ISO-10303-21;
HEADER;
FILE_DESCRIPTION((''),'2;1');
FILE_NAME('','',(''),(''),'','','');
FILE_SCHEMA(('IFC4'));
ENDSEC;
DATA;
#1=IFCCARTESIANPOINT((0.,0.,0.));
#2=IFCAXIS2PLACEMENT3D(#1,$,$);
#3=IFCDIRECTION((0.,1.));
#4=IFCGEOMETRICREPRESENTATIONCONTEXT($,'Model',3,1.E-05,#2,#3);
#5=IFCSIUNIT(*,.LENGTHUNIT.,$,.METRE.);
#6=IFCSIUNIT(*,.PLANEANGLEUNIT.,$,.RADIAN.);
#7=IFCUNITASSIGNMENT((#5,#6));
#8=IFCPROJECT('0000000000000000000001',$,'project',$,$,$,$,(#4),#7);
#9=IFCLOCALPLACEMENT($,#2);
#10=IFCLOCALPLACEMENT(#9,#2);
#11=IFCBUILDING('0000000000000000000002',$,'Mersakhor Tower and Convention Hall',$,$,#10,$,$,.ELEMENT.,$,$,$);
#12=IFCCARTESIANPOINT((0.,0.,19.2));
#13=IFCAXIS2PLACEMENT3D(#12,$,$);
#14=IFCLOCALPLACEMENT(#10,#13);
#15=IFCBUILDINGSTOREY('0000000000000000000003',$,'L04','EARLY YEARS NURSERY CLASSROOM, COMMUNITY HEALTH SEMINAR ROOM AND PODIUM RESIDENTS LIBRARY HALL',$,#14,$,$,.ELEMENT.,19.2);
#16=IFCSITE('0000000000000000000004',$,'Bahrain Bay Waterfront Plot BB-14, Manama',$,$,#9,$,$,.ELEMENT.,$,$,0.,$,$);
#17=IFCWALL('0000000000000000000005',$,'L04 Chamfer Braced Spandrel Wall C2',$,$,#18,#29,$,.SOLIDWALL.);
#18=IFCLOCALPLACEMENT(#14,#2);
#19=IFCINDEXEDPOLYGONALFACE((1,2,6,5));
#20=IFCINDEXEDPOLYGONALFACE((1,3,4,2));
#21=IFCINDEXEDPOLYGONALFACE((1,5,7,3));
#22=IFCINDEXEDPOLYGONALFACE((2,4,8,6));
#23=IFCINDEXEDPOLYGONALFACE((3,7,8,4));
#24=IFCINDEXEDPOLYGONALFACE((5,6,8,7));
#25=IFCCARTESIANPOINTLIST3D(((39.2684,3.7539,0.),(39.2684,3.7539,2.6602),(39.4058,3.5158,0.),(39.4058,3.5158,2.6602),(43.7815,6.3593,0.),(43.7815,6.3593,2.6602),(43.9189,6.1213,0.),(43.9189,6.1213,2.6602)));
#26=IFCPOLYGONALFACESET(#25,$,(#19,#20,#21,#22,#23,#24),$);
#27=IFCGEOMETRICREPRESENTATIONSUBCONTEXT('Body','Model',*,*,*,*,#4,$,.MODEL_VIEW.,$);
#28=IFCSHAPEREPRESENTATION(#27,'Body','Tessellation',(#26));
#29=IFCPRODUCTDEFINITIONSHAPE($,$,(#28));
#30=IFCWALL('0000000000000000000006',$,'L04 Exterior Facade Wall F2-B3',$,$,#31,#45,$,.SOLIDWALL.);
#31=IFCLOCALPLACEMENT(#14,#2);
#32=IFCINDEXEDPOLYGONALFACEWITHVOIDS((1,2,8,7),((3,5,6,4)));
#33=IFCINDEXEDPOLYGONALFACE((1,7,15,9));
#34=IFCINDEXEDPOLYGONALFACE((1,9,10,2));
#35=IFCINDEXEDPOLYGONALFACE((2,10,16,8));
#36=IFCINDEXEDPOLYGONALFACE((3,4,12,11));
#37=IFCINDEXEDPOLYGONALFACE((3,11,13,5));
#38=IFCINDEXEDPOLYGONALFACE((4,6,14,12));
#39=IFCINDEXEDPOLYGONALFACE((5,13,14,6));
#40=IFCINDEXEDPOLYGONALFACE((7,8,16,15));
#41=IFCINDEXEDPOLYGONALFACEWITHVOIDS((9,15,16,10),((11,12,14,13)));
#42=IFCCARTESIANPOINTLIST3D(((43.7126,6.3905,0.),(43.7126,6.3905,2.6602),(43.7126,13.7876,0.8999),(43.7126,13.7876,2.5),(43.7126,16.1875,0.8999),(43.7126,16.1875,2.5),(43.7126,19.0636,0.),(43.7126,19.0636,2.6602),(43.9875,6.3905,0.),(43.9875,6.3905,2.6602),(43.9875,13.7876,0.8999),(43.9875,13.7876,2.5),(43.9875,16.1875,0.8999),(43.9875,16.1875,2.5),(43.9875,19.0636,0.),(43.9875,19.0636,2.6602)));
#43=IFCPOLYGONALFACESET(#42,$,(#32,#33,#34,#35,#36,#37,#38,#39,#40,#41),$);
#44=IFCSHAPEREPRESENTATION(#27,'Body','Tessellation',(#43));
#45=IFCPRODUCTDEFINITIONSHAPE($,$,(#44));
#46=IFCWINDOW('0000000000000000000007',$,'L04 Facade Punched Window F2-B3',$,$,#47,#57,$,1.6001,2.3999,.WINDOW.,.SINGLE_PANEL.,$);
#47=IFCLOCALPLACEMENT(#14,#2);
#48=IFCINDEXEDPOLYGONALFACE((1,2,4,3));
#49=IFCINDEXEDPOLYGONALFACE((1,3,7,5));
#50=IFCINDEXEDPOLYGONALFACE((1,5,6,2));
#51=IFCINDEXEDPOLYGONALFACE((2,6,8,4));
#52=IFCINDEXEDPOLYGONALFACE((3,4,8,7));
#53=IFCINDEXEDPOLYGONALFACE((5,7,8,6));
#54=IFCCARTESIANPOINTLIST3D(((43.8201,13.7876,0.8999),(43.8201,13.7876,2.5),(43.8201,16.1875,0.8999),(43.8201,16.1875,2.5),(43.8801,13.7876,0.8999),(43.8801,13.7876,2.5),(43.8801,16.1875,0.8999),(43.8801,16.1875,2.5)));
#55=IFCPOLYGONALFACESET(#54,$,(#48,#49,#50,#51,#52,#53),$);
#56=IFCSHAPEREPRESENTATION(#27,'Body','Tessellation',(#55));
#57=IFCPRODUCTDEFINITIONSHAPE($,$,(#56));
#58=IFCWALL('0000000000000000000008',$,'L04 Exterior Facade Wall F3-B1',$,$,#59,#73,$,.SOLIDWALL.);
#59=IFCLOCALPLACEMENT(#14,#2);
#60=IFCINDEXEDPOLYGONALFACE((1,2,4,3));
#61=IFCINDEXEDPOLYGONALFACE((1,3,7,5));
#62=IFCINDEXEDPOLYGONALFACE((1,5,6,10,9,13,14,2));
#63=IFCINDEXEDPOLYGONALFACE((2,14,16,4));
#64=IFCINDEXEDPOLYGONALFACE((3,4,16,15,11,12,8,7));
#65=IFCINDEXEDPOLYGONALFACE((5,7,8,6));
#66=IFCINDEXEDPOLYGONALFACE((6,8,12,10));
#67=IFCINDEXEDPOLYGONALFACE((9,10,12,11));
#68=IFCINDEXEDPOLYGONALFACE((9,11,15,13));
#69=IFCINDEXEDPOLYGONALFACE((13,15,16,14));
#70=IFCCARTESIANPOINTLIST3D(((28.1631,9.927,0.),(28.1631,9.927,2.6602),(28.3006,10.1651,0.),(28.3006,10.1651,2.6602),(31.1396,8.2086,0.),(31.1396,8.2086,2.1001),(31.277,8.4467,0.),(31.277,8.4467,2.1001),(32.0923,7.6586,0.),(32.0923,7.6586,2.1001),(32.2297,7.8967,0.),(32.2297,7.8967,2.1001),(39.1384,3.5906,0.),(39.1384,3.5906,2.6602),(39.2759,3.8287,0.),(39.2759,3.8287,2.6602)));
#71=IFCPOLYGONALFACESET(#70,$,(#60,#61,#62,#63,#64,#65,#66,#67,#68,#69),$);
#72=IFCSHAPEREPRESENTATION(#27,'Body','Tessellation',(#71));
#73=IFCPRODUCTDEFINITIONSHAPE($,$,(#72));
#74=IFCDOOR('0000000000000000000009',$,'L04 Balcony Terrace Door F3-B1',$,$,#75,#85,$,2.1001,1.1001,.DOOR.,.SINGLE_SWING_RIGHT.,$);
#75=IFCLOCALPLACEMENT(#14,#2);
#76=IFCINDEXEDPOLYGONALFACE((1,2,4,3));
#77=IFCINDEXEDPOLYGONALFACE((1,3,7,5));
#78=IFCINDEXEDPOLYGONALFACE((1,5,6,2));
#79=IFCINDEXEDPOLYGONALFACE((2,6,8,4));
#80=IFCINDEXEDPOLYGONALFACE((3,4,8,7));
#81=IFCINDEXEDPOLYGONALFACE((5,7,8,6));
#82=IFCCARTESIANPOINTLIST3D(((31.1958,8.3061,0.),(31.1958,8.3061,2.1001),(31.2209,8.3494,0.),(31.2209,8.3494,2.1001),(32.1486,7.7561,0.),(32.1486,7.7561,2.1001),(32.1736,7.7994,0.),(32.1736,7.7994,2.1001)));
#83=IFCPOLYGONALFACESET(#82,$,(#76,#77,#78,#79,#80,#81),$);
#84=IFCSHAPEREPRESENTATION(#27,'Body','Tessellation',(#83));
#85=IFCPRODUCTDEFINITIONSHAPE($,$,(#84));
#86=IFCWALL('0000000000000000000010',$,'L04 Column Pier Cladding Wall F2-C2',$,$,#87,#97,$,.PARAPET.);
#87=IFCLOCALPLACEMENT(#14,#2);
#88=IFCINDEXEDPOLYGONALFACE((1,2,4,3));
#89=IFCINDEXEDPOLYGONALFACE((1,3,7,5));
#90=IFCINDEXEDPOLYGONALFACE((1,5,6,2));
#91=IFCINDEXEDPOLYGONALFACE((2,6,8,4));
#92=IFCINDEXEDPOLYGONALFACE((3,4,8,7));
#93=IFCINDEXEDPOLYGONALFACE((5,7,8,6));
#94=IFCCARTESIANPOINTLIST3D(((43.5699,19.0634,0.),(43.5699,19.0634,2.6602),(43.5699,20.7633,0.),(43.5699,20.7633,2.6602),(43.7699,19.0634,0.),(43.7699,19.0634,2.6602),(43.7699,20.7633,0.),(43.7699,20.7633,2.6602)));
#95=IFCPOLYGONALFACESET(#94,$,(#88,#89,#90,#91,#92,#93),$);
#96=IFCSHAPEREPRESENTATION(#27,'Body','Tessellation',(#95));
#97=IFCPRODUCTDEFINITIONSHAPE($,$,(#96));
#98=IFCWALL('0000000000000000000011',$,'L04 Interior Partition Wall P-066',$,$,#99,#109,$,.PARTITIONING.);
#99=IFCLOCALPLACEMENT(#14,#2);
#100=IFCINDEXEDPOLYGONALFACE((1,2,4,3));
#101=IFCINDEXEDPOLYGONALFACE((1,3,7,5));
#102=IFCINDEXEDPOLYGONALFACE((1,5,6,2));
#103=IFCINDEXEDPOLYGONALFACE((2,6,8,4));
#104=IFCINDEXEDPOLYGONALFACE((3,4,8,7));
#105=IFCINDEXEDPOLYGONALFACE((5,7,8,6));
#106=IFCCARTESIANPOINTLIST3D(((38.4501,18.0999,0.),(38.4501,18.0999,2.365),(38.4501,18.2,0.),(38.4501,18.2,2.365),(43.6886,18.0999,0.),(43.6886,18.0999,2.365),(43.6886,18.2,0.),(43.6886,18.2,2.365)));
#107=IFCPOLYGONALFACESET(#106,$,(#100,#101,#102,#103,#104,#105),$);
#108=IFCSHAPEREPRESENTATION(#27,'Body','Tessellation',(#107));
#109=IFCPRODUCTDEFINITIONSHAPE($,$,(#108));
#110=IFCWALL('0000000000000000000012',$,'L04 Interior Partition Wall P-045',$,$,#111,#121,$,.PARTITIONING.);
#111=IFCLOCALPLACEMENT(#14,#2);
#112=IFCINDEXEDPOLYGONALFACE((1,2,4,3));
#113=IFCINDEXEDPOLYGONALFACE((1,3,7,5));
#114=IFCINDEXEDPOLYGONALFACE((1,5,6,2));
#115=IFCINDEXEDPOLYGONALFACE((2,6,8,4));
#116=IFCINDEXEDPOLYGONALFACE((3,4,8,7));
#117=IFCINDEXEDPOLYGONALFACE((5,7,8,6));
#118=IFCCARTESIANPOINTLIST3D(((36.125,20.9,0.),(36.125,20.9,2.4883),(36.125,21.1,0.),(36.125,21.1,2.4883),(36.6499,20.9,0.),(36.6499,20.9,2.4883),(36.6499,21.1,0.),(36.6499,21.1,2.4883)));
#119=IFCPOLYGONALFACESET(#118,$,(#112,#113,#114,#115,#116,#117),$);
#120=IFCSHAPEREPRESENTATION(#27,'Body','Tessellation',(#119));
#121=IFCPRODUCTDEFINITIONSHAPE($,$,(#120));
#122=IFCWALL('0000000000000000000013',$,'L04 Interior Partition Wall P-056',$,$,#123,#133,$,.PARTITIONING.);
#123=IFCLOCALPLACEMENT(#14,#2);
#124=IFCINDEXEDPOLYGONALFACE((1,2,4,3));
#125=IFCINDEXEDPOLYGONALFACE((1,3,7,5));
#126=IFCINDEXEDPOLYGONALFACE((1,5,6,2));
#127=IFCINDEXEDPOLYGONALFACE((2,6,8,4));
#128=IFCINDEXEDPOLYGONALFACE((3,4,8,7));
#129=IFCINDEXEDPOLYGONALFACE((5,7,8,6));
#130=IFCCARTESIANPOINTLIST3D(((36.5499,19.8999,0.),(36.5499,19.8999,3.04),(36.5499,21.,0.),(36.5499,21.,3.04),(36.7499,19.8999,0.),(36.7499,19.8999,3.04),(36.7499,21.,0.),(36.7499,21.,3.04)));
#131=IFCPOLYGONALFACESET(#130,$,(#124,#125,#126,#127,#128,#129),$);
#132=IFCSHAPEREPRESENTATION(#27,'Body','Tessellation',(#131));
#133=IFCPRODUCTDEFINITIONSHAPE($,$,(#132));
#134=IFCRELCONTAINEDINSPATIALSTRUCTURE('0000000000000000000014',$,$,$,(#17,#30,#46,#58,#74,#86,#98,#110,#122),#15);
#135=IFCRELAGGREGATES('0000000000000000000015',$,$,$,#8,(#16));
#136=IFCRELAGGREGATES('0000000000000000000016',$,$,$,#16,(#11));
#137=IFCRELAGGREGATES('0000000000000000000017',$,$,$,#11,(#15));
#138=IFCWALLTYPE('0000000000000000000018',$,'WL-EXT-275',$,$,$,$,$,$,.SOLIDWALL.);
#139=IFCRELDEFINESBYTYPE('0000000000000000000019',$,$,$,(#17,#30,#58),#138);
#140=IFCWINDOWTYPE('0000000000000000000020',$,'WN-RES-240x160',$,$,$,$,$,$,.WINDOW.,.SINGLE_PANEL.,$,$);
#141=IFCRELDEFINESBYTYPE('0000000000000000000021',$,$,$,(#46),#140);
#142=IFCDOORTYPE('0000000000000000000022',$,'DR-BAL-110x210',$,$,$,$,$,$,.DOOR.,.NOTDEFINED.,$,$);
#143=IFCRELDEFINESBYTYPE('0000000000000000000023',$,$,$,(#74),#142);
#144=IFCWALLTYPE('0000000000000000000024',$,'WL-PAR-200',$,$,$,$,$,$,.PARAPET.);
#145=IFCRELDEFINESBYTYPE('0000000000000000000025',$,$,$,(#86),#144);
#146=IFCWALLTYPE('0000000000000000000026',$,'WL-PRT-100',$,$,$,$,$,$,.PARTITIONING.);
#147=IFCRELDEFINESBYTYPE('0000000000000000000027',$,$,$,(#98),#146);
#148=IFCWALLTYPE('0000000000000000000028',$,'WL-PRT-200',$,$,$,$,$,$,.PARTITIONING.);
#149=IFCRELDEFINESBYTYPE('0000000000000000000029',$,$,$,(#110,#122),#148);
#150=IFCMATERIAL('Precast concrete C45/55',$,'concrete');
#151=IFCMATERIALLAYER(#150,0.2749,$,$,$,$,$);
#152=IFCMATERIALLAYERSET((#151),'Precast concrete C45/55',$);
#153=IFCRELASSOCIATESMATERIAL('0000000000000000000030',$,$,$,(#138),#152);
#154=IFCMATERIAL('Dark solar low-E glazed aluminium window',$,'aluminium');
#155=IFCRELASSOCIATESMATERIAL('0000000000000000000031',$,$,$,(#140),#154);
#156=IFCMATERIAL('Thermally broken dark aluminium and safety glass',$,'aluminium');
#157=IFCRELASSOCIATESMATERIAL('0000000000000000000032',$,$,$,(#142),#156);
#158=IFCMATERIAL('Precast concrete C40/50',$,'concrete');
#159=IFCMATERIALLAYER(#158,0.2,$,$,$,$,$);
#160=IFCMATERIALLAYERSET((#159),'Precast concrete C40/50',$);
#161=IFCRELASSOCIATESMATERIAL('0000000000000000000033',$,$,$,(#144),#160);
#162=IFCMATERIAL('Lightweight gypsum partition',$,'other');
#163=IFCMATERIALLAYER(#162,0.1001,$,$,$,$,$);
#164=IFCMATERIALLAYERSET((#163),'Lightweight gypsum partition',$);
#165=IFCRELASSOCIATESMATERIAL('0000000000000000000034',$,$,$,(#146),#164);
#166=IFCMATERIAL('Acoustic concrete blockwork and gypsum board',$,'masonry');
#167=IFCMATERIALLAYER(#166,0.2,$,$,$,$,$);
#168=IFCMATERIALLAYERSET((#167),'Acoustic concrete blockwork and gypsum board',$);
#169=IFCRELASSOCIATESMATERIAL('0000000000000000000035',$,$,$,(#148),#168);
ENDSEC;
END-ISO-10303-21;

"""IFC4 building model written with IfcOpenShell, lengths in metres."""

from ifc_helpers import new_model, si_unit, direction, frame, frame_2d, origin, place, context, subcontext, project, spatial, rectangle, extrude, material, layer, layer_set, type_object, element, fill, save


model = new_model("IFC4")

# Units and contexts
model_context = context("Model", 3, precision=1e-05, world=origin(), true_north=direction((0.0, 1.0)))
body_context = subcontext(model_context, "Body", "Model", "MODEL_VIEW")
ifc_project = project(units=[si_unit("LENGTHUNIT", "METRE"), si_unit("PLANEANGLEUNIT", "RADIAN")], contexts=[model_context])

# Site, building, storey
site_placement = place(None, origin())
site = spatial("IfcSite", under=ifc_project, at=site_placement, Name="Bahrain Bay Waterfront Plot BB-14, Manama", CompositionType="ELEMENT", RefElevation=0.0)
building_placement = place(site_placement, origin())
building = spatial("IfcBuilding", under=site, at=building_placement, Name="Mersakhor Tower and Convention Hall", CompositionType="ELEMENT")
storey_placement = place(building_placement, frame((0.0, 0.0, 19.2)))
storey = spatial("IfcBuildingStorey", under=building, at=storey_placement, Name="L04", Description="EARLY YEARS NURSERY CLASSROOM, COMMUNITY HEALTH SEMINAR ROOM AND PODIUM RESIDENTS LIBRARY HALL", CompositionType="ELEMENT", Elevation=19.2)

# Wall
ifc_material_1 = material(Name="Precast concrete C45/55", Category="concrete")
ifc_layer_1 = layer(ifc_material_1, 0.2749)
ifc_layer_set_1 = layer_set([ifc_layer_1], Name="Precast concrete C45/55")
wall_type_1 = type_object("IfcWallType", Name="WL-EXT-275", PredefinedType="SOLIDWALL", material=ifc_layer_set_1)
wall_1_placement = place(storey_placement, frame((43.8501, 6.2402, 0.0), z_axis=(0.0, 0.0, 1.0), x_axis=(-0.866044, -0.499968, 0.0)))
element("IfcWall", 1, at=wall_1_placement, inside=storey, type_object=wall_type_1, Name="L04 Chamfer Braced Spandrel Wall C2", PredefinedType="SOLIDWALL", context=body_context, shape_type="SweptSolid", body=[
    extrude(rectangle(XDim=5.2112, YDim=0.2749, at=frame_2d((2.6055, 0.0))), origin(), (0.0, 0.0, 1.0), 2.6602),
])

# Wall, opening, window
wall_2_placement = place(storey_placement, frame((43.8501, 19.0635, 0.0), z_axis=(0.0, 0.0, 1.0), x_axis=(0.0, -1.0, 0.0)))
wall_2 = element("IfcWall", 2, at=wall_2_placement, inside=storey, type_object=wall_type_1, Name="L04 Exterior Facade Wall F2-B3", PredefinedType="SOLIDWALL", context=body_context, shape_type="SweptSolid", body=[
    extrude(rectangle(XDim=12.6731, YDim=0.2749, at=frame_2d((6.3364, 0.0))), origin(), (0.0, 0.0, 1.0), 2.6602),
])
opening_1_placement = place(wall_2_placement, frame((2.876, 0.0, 0.8999)))
opening_1 = element("IfcOpeningElement", 3, at=opening_1_placement, cuts=wall_2, PredefinedType="OPENING", context=body_context, shape_type="SweptSolid", body=[
    extrude(rectangle(XDim=2.3999, YDim=1.6001, at=frame_2d((1.2, 0.8))), frame((0.0, 0.1475, 0.0), z_axis=(0.0, -1.0, 0.0), x_axis=(1.0, 0.0, 0.0)), (0.0, 0.0, 1.0), 0.2949),
])
ifc_material_2 = material(Name="Dark solar low-E glazed aluminium window", Category="aluminium")
window_type = type_object("IfcWindowType", Name="WN-RES-240x160", PartitioningType="SINGLE_PANEL", PredefinedType="WINDOW", material=ifc_material_2)
window_placement = place(opening_1_placement, origin())
window = element("IfcWindow", 4, at=window_placement, inside=storey, type_object=window_type, Name="L04 Facade Punched Window F2-B3", OverallHeight=1.6001, OverallWidth=2.3999, PartitioningType="SINGLE_PANEL", PredefinedType="WINDOW", context=body_context, shape_type="SweptSolid", body=[
    extrude(rectangle(XDim=2.3999, YDim=1.6001, at=frame_2d((1.2, 0.8))), frame((0.0, 0.03, 0.0), z_axis=(0.0, -1.0, 0.0), x_axis=(1.0, 0.0, 0.0)), (0.0, 0.0, 1.0), 0.0601),
])
fill(opening_1, window)

# Wall, opening, door
wall_3_placement = place(storey_placement, frame((39.207, 3.7097, 0.0), z_axis=(0.0, 0.0, 1.0), x_axis=(-0.866032, 0.499989, 0.0)))
wall_3 = element("IfcWall", 5, at=wall_3_placement, inside=storey, type_object=wall_type_1, Name="L04 Exterior Facade Wall F3-B1", PredefinedType="SOLIDWALL", context=body_context, shape_type="SweptSolid", body=[
    extrude(rectangle(XDim=12.6731, YDim=0.2749, at=frame_2d((6.3364, 0.0))), origin(), (0.0, 0.0, 1.0), 2.6602),
])
opening_2_placement = place(wall_3_placement, frame((8.136, 0.0, 0.0)))
opening_2 = element("IfcOpeningElement", 6, at=opening_2_placement, cuts=wall_3, PredefinedType="OPENING", context=body_context, shape_type="SweptSolid", body=[
    extrude(rectangle(XDim=1.1001, YDim=2.1001, at=frame_2d((0.55, 1.05))), frame((0.0, 0.1475, 0.0), z_axis=(0.0, -1.0, 0.0), x_axis=(1.0, 0.0, 0.0)), (0.0, 0.0, 1.0), 0.2949),
])
ifc_material_3 = material(Name="Thermally broken dark aluminium and safety glass", Category="aluminium")
door_type_1 = type_object("IfcDoorType", Name="DR-BAL-110x210", OperationType="NOTDEFINED", PredefinedType="DOOR", material=ifc_material_3)
door_1_placement = place(opening_2_placement, origin())
door_1 = element("IfcDoor", 7, at=door_1_placement, inside=storey, type_object=door_type_1, Name="L04 Balcony Terrace Door F3-B1", OperationType="SINGLE_SWING_RIGHT", OverallHeight=2.1001, OverallWidth=1.1001, PredefinedType="DOOR", context=body_context, shape_type="SweptSolid", body=[
    extrude(rectangle(XDim=1.1001, YDim=2.1001, at=frame_2d((0.55, 1.05))), frame((0.0, 0.0249, 0.0), z_axis=(0.0, -1.0, 0.0), x_axis=(1.0, 0.0, 0.0)), (0.0, 0.0, 1.0), 0.05),
])
fill(opening_2, door_1)

# Walls
ifc_material_4 = material(Name="Precast concrete C40/50", Category="concrete")
ifc_layer_2 = layer(ifc_material_4, 0.2)
ifc_layer_set_2 = layer_set([ifc_layer_2], Name="Precast concrete C40/50")
wall_type_2 = type_object("IfcWallType", Name="WL-PAR-200", PredefinedType="PARAPET", material=ifc_layer_set_2)
wall_4_placement = place(storey_placement, frame((43.6699, 20.7634, 0.0), z_axis=(0.0, 0.0, 1.0), x_axis=(0.0, -1.0, 0.0)))
element("IfcWall", 8, at=wall_4_placement, inside=storey, type_object=wall_type_2, Name="L04 Column Pier Cladding Wall F2-C2", PredefinedType="PARAPET", context=body_context, shape_type="SweptSolid", body=[
    extrude(rectangle(XDim=1.7, YDim=0.2, at=frame_2d((0.8501, 0.0))), origin(), (0.0, 0.0, 1.0), 2.6602),
])
ifc_material_5 = material(Name="Lightweight gypsum partition", Category="other")
ifc_layer_3 = layer(ifc_material_5, 0.1001)
ifc_layer_set_3 = layer_set([ifc_layer_3], Name="Lightweight gypsum partition")
wall_type_3 = type_object("IfcWallType", Name="WL-PRT-100", PredefinedType="PARTITIONING", material=ifc_layer_set_3)
wall_5_placement = place(storey_placement, frame((43.6885, 18.1499, 0.0), z_axis=(0.0, 0.0, 1.0), x_axis=(-1.0, 0.0, 0.0)))
element("IfcWall", 9, at=wall_5_placement, inside=storey, type_object=wall_type_3, Name="L04 Interior Partition Wall P-066", PredefinedType="PARTITIONING", context=body_context, shape_type="SweptSolid", body=[
    extrude(rectangle(XDim=5.2385, YDim=0.1001, at=frame_2d((2.6191, 0.0))), origin(), (0.0, 0.0, 1.0), 2.365),
])
ifc_material_6 = material(Name="Acoustic concrete blockwork and gypsum board", Category="masonry")
ifc_layer_4 = layer(ifc_material_6, 0.2)
ifc_layer_set_4 = layer_set([ifc_layer_4], Name="Acoustic concrete blockwork and gypsum board")
wall_type_4 = type_object("IfcWallType", Name="WL-PRT-200", PredefinedType="PARTITIONING", material=ifc_layer_set_4)
wall_6_placement = place(storey_placement, frame((36.6499, 21.0, 0.0), z_axis=(0.0, 0.0, 1.0), x_axis=(-1.0, 0.0, 0.0)))
element("IfcWall", 10, at=wall_6_placement, inside=storey, type_object=wall_type_4, Name="L04 Interior Partition Wall P-045", PredefinedType="PARTITIONING", context=body_context, shape_type="SweptSolid", body=[
    extrude(rectangle(XDim=0.5249, YDim=0.2, at=frame_2d((0.2625, 0.0))), origin(), (0.0, 0.0, 1.0), 2.4883),
])

# Wall
wall_7_placement = place(storey_placement, frame((36.6499, 19.8999, 0.0), z_axis=(0.0, 0.0, 1.0), x_axis=(0.0, 1.0, 0.0)))
element("IfcWall", 11, at=wall_7_placement, inside=storey, type_object=wall_type_4, Name="L04 Interior Partition Wall P-056", PredefinedType="PARTITIONING", context=body_context, shape_type="SweptSolid", body=[
    extrude(rectangle(XDim=1.1001, YDim=0.2, at=frame_2d((0.55, 0.0))), origin(), (0.0, 0.0, 1.0), 3.04),
])

save(model, "model.ifc")
